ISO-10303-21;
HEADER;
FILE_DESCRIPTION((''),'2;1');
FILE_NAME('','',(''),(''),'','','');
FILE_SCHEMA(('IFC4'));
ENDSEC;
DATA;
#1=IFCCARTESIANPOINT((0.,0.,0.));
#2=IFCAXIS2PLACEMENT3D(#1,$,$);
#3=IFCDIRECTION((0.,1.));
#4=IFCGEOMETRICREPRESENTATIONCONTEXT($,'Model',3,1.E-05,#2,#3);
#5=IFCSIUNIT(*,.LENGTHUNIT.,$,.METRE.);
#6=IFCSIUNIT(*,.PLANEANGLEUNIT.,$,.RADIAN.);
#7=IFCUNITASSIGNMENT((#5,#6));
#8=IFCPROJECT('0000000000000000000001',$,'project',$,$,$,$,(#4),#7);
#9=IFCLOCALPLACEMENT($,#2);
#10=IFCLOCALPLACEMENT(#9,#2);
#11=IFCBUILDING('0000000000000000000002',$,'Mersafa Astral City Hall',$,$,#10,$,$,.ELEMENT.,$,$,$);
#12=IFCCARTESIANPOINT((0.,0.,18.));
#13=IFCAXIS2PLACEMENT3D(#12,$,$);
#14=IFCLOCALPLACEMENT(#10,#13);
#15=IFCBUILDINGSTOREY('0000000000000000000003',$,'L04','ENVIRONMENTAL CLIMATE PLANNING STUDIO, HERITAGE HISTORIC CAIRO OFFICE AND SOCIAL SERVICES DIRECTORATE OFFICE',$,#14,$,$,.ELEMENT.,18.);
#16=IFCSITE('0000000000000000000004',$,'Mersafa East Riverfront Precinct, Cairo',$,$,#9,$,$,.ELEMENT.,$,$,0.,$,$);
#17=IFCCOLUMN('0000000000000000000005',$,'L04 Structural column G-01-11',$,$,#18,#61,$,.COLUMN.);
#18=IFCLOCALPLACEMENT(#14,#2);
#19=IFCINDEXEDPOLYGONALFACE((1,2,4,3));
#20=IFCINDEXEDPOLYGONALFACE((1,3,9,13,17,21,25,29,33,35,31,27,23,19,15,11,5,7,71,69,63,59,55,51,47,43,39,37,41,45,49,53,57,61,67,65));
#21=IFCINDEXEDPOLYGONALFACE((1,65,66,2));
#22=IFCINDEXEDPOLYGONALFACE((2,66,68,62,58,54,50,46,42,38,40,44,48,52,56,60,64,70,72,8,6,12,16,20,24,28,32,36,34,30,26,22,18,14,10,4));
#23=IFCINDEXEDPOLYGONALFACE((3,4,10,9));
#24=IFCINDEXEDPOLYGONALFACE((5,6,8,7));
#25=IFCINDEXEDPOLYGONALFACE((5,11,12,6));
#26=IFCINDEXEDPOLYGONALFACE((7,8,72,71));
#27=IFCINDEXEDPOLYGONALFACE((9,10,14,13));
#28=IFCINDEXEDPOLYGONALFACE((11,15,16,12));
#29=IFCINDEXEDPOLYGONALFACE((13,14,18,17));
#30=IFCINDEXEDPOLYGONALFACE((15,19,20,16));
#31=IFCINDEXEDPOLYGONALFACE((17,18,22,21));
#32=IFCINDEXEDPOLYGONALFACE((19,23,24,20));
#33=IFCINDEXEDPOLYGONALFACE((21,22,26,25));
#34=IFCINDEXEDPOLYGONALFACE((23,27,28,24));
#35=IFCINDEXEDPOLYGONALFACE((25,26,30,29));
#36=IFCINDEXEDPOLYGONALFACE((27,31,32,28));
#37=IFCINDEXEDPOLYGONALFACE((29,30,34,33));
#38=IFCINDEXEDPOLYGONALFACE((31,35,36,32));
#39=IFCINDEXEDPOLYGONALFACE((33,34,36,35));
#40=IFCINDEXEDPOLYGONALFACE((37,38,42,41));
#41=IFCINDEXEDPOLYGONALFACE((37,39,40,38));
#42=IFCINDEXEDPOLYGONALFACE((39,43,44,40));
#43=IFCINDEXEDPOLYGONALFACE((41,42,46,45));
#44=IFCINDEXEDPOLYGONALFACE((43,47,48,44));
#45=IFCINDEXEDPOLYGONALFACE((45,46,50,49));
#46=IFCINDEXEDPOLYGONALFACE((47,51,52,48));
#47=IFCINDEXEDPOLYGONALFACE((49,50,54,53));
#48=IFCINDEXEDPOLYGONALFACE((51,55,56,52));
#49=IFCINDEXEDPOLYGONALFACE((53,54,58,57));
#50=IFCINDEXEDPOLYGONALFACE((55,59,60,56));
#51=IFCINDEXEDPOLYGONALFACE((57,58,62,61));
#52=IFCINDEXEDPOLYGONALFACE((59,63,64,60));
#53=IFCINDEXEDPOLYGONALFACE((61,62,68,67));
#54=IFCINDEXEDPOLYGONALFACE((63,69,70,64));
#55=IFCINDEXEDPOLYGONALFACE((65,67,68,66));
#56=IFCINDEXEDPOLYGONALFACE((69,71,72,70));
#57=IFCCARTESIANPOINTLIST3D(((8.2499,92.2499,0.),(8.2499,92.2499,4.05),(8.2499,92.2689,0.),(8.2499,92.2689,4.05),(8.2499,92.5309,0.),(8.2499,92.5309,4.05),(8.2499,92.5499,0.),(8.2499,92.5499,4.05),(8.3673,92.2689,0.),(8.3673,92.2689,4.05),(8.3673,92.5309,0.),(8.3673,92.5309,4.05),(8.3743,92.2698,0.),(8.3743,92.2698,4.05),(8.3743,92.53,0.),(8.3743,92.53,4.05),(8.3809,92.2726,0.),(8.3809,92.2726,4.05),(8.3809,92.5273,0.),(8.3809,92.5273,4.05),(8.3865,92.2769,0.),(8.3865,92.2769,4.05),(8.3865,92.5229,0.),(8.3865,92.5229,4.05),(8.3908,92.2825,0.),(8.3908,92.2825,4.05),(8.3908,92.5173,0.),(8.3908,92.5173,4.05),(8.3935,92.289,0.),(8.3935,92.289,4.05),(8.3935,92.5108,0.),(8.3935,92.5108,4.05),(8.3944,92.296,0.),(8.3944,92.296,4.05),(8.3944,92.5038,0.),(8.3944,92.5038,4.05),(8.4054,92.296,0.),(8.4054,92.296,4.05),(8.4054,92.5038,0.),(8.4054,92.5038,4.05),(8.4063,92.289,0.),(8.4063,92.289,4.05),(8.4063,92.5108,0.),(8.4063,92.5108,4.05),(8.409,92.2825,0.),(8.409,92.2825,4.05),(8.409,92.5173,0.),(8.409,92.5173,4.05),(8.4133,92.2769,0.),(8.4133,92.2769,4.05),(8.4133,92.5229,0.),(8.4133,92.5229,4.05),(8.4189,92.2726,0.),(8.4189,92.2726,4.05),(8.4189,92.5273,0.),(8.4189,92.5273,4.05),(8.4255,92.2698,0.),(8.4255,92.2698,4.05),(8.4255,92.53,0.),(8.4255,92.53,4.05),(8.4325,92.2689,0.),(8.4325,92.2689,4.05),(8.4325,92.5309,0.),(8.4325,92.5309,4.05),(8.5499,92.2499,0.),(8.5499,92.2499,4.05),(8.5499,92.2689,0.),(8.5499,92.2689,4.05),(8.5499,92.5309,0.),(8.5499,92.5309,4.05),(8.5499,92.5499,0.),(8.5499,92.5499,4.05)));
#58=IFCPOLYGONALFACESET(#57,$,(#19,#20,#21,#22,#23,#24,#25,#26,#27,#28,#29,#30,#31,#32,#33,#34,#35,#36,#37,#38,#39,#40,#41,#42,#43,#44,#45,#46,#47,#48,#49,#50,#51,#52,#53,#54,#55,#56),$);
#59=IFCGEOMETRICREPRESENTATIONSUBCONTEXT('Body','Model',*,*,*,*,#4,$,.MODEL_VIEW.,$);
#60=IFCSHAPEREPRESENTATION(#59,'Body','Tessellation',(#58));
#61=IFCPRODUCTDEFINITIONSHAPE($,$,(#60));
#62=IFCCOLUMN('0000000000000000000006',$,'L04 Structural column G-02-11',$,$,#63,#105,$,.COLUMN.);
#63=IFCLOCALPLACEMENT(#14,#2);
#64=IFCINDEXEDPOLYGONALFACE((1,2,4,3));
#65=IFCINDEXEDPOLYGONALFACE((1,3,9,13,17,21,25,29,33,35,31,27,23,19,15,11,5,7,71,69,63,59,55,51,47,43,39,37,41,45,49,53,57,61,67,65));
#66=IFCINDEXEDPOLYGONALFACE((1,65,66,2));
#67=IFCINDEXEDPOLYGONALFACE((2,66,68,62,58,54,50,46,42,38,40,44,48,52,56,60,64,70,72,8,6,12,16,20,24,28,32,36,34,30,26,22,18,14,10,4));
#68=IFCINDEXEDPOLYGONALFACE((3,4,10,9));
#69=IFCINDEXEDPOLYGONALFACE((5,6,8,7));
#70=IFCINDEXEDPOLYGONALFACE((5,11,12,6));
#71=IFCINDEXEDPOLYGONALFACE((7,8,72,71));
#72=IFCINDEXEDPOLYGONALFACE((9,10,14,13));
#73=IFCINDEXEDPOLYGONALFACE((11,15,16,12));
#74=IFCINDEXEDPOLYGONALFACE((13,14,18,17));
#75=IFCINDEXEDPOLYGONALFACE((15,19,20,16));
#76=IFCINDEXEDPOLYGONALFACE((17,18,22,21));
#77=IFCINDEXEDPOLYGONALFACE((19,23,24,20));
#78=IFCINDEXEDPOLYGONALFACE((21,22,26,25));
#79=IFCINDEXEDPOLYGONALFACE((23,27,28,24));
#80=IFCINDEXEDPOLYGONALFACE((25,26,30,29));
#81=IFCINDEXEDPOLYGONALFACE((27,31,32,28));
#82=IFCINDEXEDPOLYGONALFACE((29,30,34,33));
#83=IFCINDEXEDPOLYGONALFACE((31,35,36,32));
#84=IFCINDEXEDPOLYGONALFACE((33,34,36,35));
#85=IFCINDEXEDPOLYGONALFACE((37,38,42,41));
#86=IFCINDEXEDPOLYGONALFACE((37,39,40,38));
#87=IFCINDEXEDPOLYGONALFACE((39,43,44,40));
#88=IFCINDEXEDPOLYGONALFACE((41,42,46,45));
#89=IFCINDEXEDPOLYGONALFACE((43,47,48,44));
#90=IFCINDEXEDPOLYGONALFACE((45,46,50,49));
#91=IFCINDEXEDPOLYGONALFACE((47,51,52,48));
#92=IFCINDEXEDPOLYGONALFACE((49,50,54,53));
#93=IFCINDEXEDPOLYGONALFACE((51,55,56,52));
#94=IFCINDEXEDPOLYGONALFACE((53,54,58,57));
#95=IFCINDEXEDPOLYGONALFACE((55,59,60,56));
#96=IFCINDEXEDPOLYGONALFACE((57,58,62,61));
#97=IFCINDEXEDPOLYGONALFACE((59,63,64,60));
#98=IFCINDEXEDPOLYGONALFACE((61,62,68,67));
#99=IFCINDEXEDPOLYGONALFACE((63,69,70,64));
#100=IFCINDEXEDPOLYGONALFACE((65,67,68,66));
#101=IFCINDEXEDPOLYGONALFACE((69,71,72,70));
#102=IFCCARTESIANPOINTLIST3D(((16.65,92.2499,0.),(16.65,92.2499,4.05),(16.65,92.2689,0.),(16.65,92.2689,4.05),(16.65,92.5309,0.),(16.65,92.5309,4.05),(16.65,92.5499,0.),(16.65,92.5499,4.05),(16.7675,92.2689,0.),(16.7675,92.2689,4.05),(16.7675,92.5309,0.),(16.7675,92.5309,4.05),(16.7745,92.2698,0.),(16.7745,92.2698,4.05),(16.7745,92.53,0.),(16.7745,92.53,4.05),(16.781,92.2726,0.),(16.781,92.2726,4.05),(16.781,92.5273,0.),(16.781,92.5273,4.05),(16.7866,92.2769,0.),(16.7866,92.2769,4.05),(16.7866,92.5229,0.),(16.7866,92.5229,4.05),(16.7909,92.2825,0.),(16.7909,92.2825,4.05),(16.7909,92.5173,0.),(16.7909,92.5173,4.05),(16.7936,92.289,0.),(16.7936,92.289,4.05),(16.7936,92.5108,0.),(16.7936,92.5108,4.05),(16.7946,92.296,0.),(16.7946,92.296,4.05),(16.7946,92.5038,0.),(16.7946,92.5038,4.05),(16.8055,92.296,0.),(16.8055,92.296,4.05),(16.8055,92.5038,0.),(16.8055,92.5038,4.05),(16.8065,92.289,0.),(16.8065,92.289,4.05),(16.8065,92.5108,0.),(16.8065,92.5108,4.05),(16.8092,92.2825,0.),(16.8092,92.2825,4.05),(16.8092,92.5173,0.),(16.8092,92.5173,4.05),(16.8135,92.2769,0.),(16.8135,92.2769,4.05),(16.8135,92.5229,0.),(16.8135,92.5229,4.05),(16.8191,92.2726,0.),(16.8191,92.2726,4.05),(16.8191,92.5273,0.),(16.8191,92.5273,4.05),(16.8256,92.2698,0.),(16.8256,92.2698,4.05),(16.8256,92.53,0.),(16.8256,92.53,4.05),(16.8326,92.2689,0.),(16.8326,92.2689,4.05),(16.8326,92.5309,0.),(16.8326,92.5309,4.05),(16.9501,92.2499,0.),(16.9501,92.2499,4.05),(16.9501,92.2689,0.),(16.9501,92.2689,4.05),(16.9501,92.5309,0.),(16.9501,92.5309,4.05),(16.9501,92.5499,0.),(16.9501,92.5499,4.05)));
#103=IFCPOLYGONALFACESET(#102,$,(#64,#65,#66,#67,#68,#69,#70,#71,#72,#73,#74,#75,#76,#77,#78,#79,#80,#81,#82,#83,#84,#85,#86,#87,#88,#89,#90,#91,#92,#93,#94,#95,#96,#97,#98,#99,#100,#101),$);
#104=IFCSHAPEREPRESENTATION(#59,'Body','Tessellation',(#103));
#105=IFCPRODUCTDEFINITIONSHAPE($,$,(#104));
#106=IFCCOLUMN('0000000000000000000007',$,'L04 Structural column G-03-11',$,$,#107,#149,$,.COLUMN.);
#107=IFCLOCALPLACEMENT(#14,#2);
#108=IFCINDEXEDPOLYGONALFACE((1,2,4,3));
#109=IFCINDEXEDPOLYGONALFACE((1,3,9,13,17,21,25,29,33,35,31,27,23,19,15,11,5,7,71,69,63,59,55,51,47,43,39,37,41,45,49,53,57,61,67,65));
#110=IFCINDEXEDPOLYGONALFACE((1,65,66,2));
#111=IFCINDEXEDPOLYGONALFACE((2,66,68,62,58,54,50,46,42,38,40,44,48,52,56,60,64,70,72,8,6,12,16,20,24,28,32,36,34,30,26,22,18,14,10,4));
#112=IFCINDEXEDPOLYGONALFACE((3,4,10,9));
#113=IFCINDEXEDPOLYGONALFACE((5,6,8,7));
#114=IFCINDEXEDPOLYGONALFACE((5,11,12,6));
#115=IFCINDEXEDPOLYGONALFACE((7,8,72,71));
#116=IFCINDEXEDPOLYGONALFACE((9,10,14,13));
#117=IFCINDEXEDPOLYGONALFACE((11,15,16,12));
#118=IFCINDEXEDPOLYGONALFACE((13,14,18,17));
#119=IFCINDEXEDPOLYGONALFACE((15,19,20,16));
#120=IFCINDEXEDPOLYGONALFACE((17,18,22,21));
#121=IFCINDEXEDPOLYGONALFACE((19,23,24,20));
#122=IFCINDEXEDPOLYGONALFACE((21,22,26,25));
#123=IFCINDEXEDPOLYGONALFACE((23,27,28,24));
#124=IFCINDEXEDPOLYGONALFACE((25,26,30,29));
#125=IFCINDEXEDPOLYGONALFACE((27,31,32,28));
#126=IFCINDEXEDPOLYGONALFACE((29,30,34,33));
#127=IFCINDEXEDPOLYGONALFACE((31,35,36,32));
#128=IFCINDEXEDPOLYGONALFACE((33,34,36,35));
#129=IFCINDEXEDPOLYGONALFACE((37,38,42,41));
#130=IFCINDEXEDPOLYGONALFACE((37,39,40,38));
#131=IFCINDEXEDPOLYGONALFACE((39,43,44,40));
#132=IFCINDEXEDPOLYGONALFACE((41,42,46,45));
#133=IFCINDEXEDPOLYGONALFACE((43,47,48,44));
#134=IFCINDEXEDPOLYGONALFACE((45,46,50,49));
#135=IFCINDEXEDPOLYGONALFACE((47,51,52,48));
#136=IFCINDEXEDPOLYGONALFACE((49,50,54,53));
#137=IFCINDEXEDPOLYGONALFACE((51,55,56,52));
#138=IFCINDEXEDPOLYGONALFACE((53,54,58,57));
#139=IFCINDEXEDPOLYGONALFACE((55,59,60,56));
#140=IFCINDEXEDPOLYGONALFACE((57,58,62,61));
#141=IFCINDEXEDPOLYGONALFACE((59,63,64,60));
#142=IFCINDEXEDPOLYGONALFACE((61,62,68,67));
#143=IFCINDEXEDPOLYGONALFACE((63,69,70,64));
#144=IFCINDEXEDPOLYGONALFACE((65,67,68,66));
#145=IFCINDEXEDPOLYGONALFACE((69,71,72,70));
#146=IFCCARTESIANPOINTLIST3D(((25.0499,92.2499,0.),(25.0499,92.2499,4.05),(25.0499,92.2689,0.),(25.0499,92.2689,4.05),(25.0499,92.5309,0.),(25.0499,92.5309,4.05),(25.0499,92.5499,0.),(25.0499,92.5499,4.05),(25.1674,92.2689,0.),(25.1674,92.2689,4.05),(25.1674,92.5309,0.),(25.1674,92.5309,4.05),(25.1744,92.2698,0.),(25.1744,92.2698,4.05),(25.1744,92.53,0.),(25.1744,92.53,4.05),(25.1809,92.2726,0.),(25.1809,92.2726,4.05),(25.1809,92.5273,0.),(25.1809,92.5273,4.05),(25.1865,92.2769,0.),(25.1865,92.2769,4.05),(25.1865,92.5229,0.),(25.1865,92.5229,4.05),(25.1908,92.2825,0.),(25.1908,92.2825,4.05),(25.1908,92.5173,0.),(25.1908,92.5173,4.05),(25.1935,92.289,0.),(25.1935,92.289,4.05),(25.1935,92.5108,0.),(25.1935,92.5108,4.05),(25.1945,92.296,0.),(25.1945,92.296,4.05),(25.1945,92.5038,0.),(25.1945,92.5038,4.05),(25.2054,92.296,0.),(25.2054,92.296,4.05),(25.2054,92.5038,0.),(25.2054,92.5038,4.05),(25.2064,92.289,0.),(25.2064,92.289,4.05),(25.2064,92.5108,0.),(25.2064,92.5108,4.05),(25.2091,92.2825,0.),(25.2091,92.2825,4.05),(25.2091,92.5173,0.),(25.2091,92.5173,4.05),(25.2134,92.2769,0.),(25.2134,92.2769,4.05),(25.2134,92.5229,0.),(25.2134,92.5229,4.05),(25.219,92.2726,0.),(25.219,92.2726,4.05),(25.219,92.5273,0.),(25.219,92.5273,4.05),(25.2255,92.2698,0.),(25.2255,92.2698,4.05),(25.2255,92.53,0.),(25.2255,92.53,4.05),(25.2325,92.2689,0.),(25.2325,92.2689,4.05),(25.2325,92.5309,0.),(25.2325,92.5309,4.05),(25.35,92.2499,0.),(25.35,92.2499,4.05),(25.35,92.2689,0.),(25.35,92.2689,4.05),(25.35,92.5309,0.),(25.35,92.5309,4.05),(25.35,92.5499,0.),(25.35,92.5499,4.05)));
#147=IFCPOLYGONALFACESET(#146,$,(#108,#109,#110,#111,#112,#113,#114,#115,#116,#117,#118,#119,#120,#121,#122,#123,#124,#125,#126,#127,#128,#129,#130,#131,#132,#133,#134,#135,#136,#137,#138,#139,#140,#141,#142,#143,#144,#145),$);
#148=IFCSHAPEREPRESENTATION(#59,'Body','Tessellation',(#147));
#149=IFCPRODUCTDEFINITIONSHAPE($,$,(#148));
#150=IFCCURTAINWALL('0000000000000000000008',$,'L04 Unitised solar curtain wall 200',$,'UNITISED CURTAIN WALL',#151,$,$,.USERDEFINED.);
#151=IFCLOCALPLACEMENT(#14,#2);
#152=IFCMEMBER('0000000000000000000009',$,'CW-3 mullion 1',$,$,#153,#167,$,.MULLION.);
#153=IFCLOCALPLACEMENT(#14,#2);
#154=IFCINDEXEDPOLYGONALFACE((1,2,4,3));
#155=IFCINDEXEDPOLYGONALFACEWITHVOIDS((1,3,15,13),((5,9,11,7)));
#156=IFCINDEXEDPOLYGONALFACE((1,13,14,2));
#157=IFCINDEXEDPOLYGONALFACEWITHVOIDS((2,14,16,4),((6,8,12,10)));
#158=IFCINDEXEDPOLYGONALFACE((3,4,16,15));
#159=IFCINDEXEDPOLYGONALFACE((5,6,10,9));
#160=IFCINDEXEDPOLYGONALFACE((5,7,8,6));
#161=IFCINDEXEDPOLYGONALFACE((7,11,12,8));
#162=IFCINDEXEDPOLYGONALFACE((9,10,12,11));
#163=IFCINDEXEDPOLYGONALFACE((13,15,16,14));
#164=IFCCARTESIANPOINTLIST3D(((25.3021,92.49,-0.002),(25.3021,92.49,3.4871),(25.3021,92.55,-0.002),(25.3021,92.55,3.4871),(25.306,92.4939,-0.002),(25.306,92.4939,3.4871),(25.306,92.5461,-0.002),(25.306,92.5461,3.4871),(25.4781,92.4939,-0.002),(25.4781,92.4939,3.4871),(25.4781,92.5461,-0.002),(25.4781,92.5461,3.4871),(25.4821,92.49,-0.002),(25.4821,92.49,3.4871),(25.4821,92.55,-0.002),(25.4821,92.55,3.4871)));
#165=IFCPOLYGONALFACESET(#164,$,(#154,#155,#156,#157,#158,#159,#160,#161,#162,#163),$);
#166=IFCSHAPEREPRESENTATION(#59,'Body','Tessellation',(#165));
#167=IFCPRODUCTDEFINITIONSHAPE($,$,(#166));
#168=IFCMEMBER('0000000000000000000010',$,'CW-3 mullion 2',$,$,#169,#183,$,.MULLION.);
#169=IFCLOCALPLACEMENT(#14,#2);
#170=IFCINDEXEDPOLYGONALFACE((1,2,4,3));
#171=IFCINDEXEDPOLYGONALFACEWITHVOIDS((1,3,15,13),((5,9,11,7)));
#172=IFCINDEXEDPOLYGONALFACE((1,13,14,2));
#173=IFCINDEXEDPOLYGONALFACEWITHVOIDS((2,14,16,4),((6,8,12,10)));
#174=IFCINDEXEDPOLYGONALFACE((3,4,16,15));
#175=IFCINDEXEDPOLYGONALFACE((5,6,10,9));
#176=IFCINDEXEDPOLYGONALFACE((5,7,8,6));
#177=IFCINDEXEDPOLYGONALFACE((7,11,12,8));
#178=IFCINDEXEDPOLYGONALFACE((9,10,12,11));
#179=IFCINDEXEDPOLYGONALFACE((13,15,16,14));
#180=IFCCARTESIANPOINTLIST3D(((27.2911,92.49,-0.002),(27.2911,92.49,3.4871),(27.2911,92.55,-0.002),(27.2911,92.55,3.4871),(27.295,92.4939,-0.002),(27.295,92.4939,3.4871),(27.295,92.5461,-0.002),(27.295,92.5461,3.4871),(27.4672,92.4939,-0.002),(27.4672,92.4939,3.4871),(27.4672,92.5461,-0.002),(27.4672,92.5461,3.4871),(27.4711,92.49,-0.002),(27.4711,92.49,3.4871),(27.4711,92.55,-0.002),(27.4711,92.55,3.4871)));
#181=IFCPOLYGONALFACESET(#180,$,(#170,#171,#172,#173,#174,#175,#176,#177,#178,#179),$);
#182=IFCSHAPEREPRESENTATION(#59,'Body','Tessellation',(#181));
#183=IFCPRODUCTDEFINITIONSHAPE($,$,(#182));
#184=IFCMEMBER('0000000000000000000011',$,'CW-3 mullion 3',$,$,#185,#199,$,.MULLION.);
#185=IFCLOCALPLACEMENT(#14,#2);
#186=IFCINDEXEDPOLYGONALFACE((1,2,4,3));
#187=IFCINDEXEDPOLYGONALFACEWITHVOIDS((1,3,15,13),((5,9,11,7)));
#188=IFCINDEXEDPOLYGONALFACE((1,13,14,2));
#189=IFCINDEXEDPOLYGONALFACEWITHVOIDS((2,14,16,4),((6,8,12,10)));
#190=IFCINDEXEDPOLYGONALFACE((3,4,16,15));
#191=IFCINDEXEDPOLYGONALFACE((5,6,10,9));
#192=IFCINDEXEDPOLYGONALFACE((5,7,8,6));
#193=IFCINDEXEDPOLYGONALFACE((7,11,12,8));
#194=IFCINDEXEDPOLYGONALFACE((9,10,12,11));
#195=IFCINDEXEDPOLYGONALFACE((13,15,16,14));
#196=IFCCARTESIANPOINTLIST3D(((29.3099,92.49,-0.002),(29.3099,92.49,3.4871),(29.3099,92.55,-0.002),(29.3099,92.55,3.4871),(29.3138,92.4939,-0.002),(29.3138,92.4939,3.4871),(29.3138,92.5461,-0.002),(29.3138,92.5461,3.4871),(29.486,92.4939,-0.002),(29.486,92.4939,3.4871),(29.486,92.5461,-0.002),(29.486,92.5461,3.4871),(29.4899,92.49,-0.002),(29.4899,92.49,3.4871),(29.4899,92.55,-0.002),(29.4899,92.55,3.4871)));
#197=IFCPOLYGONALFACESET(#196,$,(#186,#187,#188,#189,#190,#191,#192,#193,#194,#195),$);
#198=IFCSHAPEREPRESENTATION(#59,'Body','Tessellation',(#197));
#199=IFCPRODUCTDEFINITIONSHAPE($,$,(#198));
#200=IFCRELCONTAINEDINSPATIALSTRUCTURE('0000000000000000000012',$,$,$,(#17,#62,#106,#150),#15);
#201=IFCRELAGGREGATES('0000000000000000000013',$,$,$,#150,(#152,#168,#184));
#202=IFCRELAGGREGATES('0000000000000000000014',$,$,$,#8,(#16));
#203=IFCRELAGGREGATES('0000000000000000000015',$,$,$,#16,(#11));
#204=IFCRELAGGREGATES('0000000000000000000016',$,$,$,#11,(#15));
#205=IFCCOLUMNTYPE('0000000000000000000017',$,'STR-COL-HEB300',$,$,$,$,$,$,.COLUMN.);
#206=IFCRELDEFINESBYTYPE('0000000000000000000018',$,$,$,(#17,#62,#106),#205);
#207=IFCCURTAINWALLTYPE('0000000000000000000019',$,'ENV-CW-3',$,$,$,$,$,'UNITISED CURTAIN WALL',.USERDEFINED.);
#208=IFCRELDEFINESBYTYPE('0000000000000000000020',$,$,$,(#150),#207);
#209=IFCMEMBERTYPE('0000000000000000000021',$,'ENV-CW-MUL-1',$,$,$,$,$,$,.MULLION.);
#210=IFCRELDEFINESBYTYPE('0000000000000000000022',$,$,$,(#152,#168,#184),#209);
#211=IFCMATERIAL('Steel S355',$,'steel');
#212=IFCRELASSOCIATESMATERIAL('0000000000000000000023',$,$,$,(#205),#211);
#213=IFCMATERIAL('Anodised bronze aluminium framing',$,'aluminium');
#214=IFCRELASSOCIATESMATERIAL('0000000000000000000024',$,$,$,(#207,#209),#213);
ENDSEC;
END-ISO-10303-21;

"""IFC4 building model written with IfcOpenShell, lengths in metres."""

from ifc_helpers import new_model, si_unit, direction, frame, origin, origin_2d, place, context, subcontext, project, spatial, hollow_rectangle, i_section, extrude, material, material_profile, profile_set, type_object, element, aggregate, save


model = new_model("IFC4")

# Units and contexts
model_context = context("Model", 3, precision=1e-05, world=origin(), true_north=direction((0.0, 1.0)))
body_context = subcontext(model_context, "Body", "Model", "MODEL_VIEW")
ifc_project = project(units=[si_unit("LENGTHUNIT", "METRE"), si_unit("PLANEANGLEUNIT", "RADIAN")], contexts=[model_context])

# Site, building, storey
site_placement = place(None, origin())
site = spatial("IfcSite", under=ifc_project, at=site_placement, Name="Mersafa East Riverfront Precinct, Cairo", CompositionType="ELEMENT", RefElevation=0.0)
building_placement = place(site_placement, origin())
building = spatial("IfcBuilding", under=site, at=building_placement, Name="Mersafa Astral City Hall", CompositionType="ELEMENT")
storey_placement = place(building_placement, frame((0.0, 0.0, 18.0)))
storey = spatial("IfcBuildingStorey", under=building, at=storey_placement, Name="L04", Description="ENVIRONMENTAL CLIMATE PLANNING STUDIO, HERITAGE HISTORIC CAIRO OFFICE AND SOCIAL SERVICES DIRECTORATE OFFICE", CompositionType="ELEMENT", Elevation=18.0)

# Columns
ifc_material_1 = material(Name="Steel S355", Category="steel")
ifc_material_profile_1 = material_profile(ifc_material_1, i_section(OverallWidth=0.3, OverallDepth=0.3, WebThickness=0.011, FlangeThickness=0.019, FilletRadius=0.0271, at=origin_2d()), Name="HEB 300")
ifc_profile_set_1 = profile_set([ifc_material_profile_1], Name="Steel S355")
column_type = type_object("IfcColumnType", Name="STR-COL-HEB300", PredefinedType="COLUMN", material=ifc_profile_set_1)
for number, where, z_axis, x_axis, name in (
    (1, (8.3999, 92.3999, 0.0), (0.0, 0.0, 1.0), (1.0, 0.0, 0.0), "L04 Structural column G-01-11"),
    (2, (16.8, 92.3999, 0.0), (0.0, 0.0, 1.0), (1.0, 0.0, 0.0), "L04 Structural column G-02-11"),
    (3, (25.2, 92.3999, 0.0), (0.0, 0.0, 1.0), (1.0, 0.0, 0.0), "L04 Structural column G-03-11"),
):
    element("IfcColumn", number, at=place(storey_placement, frame(where, z_axis=z_axis, x_axis=x_axis)), inside=storey, type_object=column_type, Name=name, PredefinedType="COLUMN", context=body_context, shape_type="SweptSolid", body=[
        extrude(i_section(OverallWidth=0.3, OverallDepth=0.3, WebThickness=0.011, FlangeThickness=0.019, FilletRadius=0.0271, at=origin_2d()), origin(), (0.0, 0.0, 1.0), 4.05),
    ])

# Curtain wall, members
ifc_material_2 = material(Name="Anodised bronze aluminium framing", Category="aluminium")
curtain_wall_type = type_object("IfcCurtainWallType", Name="ENV-CW-3", ElementType="UNITISED CURTAIN WALL", PredefinedType="USERDEFINED", material=ifc_material_2)
curtain_wall_placement = place(storey_placement, origin())
curtain_wall = element("IfcCurtainWall", 4, at=curtain_wall_placement, inside=storey, type_object=curtain_wall_type, Name="L04 Unitised solar curtain wall 200", ObjectType="UNITISED CURTAIN WALL", PredefinedType="USERDEFINED")
ifc_material_profile_2 = material_profile(ifc_material_2, hollow_rectangle(XDim=0.0601, YDim=0.1799, WallThickness=0.0039, at=origin_2d()), Name="RHS 60x180x4")
ifc_profile_set_2 = profile_set([ifc_material_profile_2], Name="Anodised bronze aluminium framing")
member_type_1 = type_object("IfcMemberType", Name="ENV-CW-MUL-1", PredefinedType="MULLION", material=ifc_profile_set_2)
member_1_placement = place(storey_placement, frame((25.3921, 92.52, -0.002), z_axis=(0.0, 0.0, 1.0), x_axis=(0.0, 1.0, 0.0)))
member_1 = element("IfcMember", 5, at=member_1_placement, type_object=member_type_1, Name="CW-3 mullion 1", PredefinedType="MULLION", context=body_context, shape_type="SweptSolid", body=[
    extrude(hollow_rectangle(XDim=0.0601, YDim=0.1799, WallThickness=0.0039, at=origin_2d()), origin(), (0.0, 0.0, 1.0), 3.489),
])
member_2_placement = place(storey_placement, frame((27.3811, 92.52, -0.002), z_axis=(0.0, 0.0, 1.0), x_axis=(0.0, 1.0, 0.0)))
member_2 = element("IfcMember", 6, at=member_2_placement, type_object=member_type_1, Name="CW-3 mullion 2", PredefinedType="MULLION", context=body_context, shape_type="SweptSolid", body=[
    extrude(hollow_rectangle(XDim=0.0601, YDim=0.1799, WallThickness=0.0039, at=origin_2d()), origin(), (0.0, 0.0, 1.0), 3.489),
])
member_3_placement = place(storey_placement, frame((29.3999, 92.52, -0.002), z_axis=(0.0, 0.0, 1.0), x_axis=(0.0, 1.0, 0.0)))
member_3 = element("IfcMember", 7, at=member_3_placement, type_object=member_type_1, Name="CW-3 mullion 3", PredefinedType="MULLION", context=body_context, shape_type="SweptSolid", body=[
    extrude(hollow_rectangle(XDim=0.0601, YDim=0.1799, WallThickness=0.0039, at=origin_2d()), origin(), (0.0, 0.0, 1.0), 3.489),
])

aggregate(curtain_wall, [member_1, member_2, member_3])

save(model, "model.ifc")
